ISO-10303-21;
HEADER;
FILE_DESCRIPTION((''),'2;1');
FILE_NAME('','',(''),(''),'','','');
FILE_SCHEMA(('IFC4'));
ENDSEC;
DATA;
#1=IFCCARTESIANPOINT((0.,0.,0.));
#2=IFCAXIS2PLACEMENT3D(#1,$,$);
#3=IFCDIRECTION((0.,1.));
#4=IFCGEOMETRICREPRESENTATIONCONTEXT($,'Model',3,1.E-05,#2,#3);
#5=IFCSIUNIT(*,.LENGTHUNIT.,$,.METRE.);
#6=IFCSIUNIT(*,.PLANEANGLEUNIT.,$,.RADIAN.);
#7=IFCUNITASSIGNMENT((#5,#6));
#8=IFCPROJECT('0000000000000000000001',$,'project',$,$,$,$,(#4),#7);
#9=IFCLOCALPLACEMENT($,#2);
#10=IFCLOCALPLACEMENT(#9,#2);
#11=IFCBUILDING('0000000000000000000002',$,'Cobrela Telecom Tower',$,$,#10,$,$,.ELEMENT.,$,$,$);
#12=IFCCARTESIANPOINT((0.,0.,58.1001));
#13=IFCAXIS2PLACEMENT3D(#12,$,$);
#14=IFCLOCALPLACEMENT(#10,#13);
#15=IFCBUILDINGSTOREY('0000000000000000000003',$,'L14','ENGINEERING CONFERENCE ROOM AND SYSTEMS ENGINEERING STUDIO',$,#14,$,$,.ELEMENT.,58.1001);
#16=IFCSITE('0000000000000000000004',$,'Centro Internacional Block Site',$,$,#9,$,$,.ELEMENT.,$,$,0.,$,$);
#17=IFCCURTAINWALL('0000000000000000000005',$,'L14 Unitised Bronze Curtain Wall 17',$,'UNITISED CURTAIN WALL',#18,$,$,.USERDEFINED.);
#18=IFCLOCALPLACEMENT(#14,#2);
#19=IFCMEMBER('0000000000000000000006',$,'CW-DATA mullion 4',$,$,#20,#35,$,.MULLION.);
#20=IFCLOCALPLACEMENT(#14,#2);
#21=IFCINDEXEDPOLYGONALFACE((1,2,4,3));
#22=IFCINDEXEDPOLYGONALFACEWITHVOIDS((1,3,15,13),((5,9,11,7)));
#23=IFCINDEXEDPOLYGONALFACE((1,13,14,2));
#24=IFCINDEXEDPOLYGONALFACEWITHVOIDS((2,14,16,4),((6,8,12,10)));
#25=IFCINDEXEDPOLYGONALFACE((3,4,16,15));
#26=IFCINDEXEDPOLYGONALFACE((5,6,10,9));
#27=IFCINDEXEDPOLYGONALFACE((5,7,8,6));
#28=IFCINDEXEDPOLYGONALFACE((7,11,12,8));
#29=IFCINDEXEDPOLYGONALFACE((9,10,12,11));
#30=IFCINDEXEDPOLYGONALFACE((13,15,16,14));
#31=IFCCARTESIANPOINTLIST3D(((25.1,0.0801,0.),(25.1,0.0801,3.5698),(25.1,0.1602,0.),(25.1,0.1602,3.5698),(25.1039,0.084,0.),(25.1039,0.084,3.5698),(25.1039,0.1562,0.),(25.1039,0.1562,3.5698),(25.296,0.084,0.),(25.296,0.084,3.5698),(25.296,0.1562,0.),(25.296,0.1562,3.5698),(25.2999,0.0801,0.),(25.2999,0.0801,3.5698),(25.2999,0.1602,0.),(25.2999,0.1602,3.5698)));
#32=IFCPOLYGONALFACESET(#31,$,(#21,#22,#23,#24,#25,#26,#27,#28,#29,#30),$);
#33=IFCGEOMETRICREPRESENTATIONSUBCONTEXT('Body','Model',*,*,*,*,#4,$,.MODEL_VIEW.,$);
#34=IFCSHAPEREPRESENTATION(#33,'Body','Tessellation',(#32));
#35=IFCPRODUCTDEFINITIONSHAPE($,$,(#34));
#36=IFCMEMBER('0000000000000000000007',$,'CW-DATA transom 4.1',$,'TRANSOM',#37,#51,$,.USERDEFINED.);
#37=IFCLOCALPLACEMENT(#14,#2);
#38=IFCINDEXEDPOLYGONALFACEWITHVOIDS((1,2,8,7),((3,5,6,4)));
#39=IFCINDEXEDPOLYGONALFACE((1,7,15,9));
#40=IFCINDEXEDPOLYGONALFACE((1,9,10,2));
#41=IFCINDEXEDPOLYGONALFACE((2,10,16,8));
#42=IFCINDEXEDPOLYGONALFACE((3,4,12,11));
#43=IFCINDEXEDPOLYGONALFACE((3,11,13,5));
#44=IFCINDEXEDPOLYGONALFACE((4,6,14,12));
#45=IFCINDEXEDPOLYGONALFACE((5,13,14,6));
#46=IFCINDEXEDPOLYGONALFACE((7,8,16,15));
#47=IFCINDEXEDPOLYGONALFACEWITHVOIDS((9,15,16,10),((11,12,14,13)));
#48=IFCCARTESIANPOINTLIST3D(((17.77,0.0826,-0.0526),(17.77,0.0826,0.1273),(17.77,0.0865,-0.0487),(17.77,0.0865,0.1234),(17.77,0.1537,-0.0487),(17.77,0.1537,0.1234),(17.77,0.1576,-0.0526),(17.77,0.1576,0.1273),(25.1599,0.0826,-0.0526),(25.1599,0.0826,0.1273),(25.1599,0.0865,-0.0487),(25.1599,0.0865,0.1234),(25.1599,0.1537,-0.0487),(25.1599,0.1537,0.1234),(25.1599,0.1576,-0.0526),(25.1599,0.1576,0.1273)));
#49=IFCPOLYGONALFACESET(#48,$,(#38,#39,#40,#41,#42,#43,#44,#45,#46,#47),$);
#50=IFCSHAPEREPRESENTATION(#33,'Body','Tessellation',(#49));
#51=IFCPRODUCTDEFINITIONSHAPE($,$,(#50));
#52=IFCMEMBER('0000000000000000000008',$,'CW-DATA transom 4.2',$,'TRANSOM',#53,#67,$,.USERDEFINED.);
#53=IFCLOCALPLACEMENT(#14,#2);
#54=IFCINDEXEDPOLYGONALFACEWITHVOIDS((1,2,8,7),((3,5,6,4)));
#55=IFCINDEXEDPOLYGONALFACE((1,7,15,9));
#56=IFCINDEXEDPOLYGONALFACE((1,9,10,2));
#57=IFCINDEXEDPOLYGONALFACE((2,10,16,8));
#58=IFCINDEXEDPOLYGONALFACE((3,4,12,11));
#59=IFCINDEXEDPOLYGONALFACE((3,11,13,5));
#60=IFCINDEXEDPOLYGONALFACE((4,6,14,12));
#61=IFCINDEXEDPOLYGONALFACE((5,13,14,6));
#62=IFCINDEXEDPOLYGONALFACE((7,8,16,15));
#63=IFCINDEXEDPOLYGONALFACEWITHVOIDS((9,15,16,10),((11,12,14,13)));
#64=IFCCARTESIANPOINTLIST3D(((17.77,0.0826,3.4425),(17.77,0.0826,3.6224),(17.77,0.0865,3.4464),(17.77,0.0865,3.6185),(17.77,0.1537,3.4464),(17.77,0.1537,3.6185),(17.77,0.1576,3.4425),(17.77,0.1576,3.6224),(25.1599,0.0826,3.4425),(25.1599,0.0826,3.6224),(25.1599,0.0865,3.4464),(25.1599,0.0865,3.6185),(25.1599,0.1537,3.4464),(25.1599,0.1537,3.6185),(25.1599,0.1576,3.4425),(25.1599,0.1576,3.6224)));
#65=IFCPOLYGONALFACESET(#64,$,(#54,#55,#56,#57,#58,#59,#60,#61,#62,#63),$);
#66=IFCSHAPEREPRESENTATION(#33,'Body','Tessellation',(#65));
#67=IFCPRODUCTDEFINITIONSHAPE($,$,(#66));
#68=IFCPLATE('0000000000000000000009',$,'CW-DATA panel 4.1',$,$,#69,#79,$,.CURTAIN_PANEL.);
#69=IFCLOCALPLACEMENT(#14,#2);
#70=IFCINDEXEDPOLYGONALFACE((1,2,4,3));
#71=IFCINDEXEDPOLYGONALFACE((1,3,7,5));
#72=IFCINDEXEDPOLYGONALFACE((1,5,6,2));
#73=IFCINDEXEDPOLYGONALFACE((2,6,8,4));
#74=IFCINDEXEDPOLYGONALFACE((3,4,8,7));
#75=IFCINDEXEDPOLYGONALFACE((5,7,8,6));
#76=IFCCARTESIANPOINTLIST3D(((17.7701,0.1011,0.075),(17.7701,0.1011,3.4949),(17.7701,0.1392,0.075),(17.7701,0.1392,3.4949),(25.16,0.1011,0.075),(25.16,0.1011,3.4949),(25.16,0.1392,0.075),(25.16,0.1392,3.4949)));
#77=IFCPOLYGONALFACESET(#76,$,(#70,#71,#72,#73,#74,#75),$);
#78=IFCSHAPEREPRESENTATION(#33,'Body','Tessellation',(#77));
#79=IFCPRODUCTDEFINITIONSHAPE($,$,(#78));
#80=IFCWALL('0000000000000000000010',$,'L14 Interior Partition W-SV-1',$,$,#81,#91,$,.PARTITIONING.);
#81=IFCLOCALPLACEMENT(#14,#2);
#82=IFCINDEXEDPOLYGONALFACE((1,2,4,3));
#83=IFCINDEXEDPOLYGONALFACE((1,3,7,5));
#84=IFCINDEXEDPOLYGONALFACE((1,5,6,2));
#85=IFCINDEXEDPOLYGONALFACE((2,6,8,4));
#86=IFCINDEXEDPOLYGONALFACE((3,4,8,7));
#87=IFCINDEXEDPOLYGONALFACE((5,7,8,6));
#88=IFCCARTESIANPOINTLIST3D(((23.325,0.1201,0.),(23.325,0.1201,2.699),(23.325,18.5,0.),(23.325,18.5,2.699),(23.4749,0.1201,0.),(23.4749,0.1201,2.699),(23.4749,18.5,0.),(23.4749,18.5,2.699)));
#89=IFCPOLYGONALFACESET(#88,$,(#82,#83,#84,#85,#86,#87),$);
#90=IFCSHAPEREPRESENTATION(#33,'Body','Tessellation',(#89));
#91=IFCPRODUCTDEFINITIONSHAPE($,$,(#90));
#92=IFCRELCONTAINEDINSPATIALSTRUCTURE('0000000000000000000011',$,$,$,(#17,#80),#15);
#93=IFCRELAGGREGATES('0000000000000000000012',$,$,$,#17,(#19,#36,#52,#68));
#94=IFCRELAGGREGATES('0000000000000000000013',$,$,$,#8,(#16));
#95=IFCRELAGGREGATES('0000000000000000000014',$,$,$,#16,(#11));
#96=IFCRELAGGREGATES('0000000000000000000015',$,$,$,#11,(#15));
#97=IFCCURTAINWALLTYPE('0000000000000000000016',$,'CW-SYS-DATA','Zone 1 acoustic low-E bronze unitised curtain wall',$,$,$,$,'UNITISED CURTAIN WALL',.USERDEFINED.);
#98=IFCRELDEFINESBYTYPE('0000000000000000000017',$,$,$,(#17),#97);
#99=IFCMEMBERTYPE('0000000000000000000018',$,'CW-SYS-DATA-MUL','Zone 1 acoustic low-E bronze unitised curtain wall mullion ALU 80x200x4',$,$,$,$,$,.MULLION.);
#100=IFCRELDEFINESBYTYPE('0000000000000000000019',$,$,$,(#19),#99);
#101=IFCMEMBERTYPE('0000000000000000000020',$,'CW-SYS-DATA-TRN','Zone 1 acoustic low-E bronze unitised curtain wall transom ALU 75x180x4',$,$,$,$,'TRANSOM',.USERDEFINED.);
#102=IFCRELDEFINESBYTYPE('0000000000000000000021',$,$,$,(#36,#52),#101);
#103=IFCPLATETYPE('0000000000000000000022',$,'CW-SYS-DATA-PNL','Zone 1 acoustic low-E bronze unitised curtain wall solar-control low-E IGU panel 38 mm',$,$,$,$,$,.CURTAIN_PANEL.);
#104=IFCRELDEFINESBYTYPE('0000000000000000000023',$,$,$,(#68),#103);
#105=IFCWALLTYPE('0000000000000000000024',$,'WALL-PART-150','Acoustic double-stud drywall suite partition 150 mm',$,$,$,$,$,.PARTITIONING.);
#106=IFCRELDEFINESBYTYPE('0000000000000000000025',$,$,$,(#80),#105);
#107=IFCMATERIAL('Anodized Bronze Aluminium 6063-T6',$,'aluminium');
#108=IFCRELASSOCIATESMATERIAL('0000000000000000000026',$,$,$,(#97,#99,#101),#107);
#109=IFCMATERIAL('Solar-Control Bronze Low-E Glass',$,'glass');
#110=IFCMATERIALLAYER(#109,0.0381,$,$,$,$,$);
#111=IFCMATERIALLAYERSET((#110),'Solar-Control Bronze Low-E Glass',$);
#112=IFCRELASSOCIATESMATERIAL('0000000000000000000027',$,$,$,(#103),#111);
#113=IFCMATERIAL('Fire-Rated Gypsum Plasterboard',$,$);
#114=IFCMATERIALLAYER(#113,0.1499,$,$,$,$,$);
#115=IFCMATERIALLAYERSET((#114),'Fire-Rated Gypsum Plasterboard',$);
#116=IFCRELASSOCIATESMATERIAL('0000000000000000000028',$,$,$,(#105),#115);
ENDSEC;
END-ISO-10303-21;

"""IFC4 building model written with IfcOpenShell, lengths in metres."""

from ifc_helpers import new_model, si_unit, direction, frame, frame_2d, origin, origin_2d, place, context, subcontext, project, spatial, rectangle, hollow_rectangle, extrude, material, layer, layer_set, material_profile, profile_set, type_object, element, aggregate, save


model = new_model("IFC4")

# Units and contexts
model_context = context("Model", 3, precision=1e-05, world=origin(), true_north=direction((0.0, 1.0)))
body_context = subcontext(model_context, "Body", "Model", "MODEL_VIEW")
ifc_project = project(units=[si_unit("LENGTHUNIT", "METRE"), si_unit("PLANEANGLEUNIT", "RADIAN")], contexts=[model_context])

# Site, building, storey
site_placement = place(None, origin())
site = spatial("IfcSite", under=ifc_project, at=site_placement, Name="Centro Internacional Block Site", CompositionType="ELEMENT", RefElevation=0.0)
building_placement = place(site_placement, origin())
building = spatial("IfcBuilding", under=site, at=building_placement, Name="Cobrela Telecom Tower", CompositionType="ELEMENT")
storey_placement = place(building_placement, frame((0.0, 0.0, 58.1001)))
storey = spatial("IfcBuildingStorey", under=building, at=storey_placement, Name="L14", Description="ENGINEERING CONFERENCE ROOM AND SYSTEMS ENGINEERING STUDIO", CompositionType="ELEMENT", Elevation=58.1001)

# Curtain wall, members, plate
ifc_material_1 = material(Name="Anodized Bronze Aluminium 6063-T6", Category="aluminium")
curtain_wall_type = type_object("IfcCurtainWallType", Name="CW-SYS-DATA", Description="Zone 1 acoustic low-E bronze unitised curtain wall", ElementType="UNITISED CURTAIN WALL", PredefinedType="USERDEFINED", material=ifc_material_1)
curtain_wall_placement = place(storey_placement, origin())
curtain_wall = element("IfcCurtainWall", 1, at=curtain_wall_placement, inside=storey, type_object=curtain_wall_type, Name="L14 Unitised Bronze Curtain Wall 17", ObjectType="UNITISED CURTAIN WALL", PredefinedType="USERDEFINED")
ifc_material_profile_1 = material_profile(ifc_material_1, hollow_rectangle(XDim=0.0801, YDim=0.2, WallThickness=0.0039, at=origin_2d()), Name="ALU 80x200x4")
ifc_profile_set_1 = profile_set([ifc_material_profile_1], Name="Anodized Bronze Aluminium 6063-T6")
member_type_1 = type_object("IfcMemberType", Name="CW-SYS-DATA-MUL", Description="Zone 1 acoustic low-E bronze unitised curtain wall mullion ALU 80x200x4", PredefinedType="MULLION", material=ifc_profile_set_1)
member_1_placement = place(storey_placement, frame((25.2, 0.1201, 0.0), z_axis=(0.0, 0.0, 1.0), x_axis=(0.0, -1.0, 0.0)))
member_1 = element("IfcMember", 2, at=member_1_placement, type_object=member_type_1, Name="CW-DATA mullion 4", PredefinedType="MULLION", context=body_context, shape_type="SweptSolid", body=[
    extrude(hollow_rectangle(XDim=0.0801, YDim=0.2, WallThickness=0.0039, at=origin_2d()), origin(), (0.0, 0.0, 1.0), 3.5698),
])
ifc_material_profile_2 = material_profile(ifc_material_1, hollow_rectangle(XDim=0.075, YDim=0.1799, WallThickness=0.0039, at=origin_2d()), Name="ALU 75x180x4")
ifc_profile_set_2 = profile_set([ifc_material_profile_2], Name="Anodized Bronze Aluminium 6063-T6")
member_type_2 = type_object("IfcMemberType", Name="CW-SYS-DATA-TRN", Description="Zone 1 acoustic low-E bronze unitised curtain wall transom ALU 75x180x4", ElementType="TRANSOM", PredefinedType="USERDEFINED", material=ifc_profile_set_2)
member_2_placement = place(storey_placement, frame((25.1599, 0.1201, 0.0374), z_axis=(-1.0, 0.0, 0.0), x_axis=(0.0, -1.0, 0.0)))
member_2 = element("IfcMember", 3, at=member_2_placement, type_object=member_type_2, Name="CW-DATA transom 4.1", ObjectType="TRANSOM", PredefinedType="USERDEFINED", context=body_context, shape_type="SweptSolid", body=[
    extrude(hollow_rectangle(XDim=0.075, YDim=0.1799, WallThickness=0.0039, at=origin_2d()), origin(), (0.0, 0.0, 1.0), 7.3899),
])
member_3_placement = place(storey_placement, frame((25.1599, 0.1201, 3.5325), z_axis=(-1.0, 0.0, 0.0), x_axis=(0.0, -1.0, 0.0)))
member_3 = element("IfcMember", 4, at=member_3_placement, type_object=member_type_2, Name="CW-DATA transom 4.2", ObjectType="TRANSOM", PredefinedType="USERDEFINED", context=body_context, shape_type="SweptSolid", body=[
    extrude(hollow_rectangle(XDim=0.075, YDim=0.1799, WallThickness=0.0039, at=origin_2d()), origin(), (0.0, 0.0, 1.0), 7.3899),
])
ifc_material_2 = material(Name="Solar-Control Bronze Low-E Glass", Category="glass")
ifc_layer_1 = layer(ifc_material_2, 0.0381)
ifc_layer_set_1 = layer_set([ifc_layer_1], Name="Solar-Control Bronze Low-E Glass")
plate_type = type_object("IfcPlateType", Name="CW-SYS-DATA-PNL", Description="Zone 1 acoustic low-E bronze unitised curtain wall solar-control low-E IGU panel 38 mm", PredefinedType="CURTAIN_PANEL", material=ifc_layer_set_1)
plate_placement = place(storey_placement, frame((21.4651, 0.1201, 0.075), z_axis=(0.0, 0.0, 1.0), x_axis=(-1.0, 0.0, 0.0)))
plate = element("IfcPlate", 5, at=plate_placement, type_object=plate_type, Name="CW-DATA panel 4.1", PredefinedType="CURTAIN_PANEL", context=body_context, shape_type="SweptSolid", body=[
    extrude(rectangle(XDim=7.3899, YDim=0.0381, at=origin_2d()), origin(), (0.0, 0.0, 1.0), 3.4199),
])
aggregate(curtain_wall, [member_1, member_2, member_3, plate])

# Wall
ifc_material_3 = material(Name="Fire-Rated Gypsum Plasterboard")
ifc_layer_2 = layer(ifc_material_3, 0.1499)
ifc_layer_set_2 = layer_set([ifc_layer_2], Name="Fire-Rated Gypsum Plasterboard")
wall_type = type_object("IfcWallType", Name="WALL-PART-150", Description="Acoustic double-stud drywall suite partition 150 mm", PredefinedType="PARTITIONING", material=ifc_layer_set_2)
wall_placement = place(storey_placement, frame((23.3999, 0.1201, 0.0), z_axis=(0.0, 0.0, 1.0), x_axis=(0.0, 1.0, 0.0)))
element("IfcWall", 6, at=wall_placement, inside=storey, type_object=wall_type, Name="L14 Interior Partition W-SV-1", PredefinedType="PARTITIONING", context=body_context, shape_type="SweptSolid", body=[
    extrude(rectangle(XDim=18.3799, YDim=0.1499, at=frame_2d((9.1899, 0.0))), origin(), (0.0, 0.0, 1.0), 2.699),
])

save(model, "model.ifc")
